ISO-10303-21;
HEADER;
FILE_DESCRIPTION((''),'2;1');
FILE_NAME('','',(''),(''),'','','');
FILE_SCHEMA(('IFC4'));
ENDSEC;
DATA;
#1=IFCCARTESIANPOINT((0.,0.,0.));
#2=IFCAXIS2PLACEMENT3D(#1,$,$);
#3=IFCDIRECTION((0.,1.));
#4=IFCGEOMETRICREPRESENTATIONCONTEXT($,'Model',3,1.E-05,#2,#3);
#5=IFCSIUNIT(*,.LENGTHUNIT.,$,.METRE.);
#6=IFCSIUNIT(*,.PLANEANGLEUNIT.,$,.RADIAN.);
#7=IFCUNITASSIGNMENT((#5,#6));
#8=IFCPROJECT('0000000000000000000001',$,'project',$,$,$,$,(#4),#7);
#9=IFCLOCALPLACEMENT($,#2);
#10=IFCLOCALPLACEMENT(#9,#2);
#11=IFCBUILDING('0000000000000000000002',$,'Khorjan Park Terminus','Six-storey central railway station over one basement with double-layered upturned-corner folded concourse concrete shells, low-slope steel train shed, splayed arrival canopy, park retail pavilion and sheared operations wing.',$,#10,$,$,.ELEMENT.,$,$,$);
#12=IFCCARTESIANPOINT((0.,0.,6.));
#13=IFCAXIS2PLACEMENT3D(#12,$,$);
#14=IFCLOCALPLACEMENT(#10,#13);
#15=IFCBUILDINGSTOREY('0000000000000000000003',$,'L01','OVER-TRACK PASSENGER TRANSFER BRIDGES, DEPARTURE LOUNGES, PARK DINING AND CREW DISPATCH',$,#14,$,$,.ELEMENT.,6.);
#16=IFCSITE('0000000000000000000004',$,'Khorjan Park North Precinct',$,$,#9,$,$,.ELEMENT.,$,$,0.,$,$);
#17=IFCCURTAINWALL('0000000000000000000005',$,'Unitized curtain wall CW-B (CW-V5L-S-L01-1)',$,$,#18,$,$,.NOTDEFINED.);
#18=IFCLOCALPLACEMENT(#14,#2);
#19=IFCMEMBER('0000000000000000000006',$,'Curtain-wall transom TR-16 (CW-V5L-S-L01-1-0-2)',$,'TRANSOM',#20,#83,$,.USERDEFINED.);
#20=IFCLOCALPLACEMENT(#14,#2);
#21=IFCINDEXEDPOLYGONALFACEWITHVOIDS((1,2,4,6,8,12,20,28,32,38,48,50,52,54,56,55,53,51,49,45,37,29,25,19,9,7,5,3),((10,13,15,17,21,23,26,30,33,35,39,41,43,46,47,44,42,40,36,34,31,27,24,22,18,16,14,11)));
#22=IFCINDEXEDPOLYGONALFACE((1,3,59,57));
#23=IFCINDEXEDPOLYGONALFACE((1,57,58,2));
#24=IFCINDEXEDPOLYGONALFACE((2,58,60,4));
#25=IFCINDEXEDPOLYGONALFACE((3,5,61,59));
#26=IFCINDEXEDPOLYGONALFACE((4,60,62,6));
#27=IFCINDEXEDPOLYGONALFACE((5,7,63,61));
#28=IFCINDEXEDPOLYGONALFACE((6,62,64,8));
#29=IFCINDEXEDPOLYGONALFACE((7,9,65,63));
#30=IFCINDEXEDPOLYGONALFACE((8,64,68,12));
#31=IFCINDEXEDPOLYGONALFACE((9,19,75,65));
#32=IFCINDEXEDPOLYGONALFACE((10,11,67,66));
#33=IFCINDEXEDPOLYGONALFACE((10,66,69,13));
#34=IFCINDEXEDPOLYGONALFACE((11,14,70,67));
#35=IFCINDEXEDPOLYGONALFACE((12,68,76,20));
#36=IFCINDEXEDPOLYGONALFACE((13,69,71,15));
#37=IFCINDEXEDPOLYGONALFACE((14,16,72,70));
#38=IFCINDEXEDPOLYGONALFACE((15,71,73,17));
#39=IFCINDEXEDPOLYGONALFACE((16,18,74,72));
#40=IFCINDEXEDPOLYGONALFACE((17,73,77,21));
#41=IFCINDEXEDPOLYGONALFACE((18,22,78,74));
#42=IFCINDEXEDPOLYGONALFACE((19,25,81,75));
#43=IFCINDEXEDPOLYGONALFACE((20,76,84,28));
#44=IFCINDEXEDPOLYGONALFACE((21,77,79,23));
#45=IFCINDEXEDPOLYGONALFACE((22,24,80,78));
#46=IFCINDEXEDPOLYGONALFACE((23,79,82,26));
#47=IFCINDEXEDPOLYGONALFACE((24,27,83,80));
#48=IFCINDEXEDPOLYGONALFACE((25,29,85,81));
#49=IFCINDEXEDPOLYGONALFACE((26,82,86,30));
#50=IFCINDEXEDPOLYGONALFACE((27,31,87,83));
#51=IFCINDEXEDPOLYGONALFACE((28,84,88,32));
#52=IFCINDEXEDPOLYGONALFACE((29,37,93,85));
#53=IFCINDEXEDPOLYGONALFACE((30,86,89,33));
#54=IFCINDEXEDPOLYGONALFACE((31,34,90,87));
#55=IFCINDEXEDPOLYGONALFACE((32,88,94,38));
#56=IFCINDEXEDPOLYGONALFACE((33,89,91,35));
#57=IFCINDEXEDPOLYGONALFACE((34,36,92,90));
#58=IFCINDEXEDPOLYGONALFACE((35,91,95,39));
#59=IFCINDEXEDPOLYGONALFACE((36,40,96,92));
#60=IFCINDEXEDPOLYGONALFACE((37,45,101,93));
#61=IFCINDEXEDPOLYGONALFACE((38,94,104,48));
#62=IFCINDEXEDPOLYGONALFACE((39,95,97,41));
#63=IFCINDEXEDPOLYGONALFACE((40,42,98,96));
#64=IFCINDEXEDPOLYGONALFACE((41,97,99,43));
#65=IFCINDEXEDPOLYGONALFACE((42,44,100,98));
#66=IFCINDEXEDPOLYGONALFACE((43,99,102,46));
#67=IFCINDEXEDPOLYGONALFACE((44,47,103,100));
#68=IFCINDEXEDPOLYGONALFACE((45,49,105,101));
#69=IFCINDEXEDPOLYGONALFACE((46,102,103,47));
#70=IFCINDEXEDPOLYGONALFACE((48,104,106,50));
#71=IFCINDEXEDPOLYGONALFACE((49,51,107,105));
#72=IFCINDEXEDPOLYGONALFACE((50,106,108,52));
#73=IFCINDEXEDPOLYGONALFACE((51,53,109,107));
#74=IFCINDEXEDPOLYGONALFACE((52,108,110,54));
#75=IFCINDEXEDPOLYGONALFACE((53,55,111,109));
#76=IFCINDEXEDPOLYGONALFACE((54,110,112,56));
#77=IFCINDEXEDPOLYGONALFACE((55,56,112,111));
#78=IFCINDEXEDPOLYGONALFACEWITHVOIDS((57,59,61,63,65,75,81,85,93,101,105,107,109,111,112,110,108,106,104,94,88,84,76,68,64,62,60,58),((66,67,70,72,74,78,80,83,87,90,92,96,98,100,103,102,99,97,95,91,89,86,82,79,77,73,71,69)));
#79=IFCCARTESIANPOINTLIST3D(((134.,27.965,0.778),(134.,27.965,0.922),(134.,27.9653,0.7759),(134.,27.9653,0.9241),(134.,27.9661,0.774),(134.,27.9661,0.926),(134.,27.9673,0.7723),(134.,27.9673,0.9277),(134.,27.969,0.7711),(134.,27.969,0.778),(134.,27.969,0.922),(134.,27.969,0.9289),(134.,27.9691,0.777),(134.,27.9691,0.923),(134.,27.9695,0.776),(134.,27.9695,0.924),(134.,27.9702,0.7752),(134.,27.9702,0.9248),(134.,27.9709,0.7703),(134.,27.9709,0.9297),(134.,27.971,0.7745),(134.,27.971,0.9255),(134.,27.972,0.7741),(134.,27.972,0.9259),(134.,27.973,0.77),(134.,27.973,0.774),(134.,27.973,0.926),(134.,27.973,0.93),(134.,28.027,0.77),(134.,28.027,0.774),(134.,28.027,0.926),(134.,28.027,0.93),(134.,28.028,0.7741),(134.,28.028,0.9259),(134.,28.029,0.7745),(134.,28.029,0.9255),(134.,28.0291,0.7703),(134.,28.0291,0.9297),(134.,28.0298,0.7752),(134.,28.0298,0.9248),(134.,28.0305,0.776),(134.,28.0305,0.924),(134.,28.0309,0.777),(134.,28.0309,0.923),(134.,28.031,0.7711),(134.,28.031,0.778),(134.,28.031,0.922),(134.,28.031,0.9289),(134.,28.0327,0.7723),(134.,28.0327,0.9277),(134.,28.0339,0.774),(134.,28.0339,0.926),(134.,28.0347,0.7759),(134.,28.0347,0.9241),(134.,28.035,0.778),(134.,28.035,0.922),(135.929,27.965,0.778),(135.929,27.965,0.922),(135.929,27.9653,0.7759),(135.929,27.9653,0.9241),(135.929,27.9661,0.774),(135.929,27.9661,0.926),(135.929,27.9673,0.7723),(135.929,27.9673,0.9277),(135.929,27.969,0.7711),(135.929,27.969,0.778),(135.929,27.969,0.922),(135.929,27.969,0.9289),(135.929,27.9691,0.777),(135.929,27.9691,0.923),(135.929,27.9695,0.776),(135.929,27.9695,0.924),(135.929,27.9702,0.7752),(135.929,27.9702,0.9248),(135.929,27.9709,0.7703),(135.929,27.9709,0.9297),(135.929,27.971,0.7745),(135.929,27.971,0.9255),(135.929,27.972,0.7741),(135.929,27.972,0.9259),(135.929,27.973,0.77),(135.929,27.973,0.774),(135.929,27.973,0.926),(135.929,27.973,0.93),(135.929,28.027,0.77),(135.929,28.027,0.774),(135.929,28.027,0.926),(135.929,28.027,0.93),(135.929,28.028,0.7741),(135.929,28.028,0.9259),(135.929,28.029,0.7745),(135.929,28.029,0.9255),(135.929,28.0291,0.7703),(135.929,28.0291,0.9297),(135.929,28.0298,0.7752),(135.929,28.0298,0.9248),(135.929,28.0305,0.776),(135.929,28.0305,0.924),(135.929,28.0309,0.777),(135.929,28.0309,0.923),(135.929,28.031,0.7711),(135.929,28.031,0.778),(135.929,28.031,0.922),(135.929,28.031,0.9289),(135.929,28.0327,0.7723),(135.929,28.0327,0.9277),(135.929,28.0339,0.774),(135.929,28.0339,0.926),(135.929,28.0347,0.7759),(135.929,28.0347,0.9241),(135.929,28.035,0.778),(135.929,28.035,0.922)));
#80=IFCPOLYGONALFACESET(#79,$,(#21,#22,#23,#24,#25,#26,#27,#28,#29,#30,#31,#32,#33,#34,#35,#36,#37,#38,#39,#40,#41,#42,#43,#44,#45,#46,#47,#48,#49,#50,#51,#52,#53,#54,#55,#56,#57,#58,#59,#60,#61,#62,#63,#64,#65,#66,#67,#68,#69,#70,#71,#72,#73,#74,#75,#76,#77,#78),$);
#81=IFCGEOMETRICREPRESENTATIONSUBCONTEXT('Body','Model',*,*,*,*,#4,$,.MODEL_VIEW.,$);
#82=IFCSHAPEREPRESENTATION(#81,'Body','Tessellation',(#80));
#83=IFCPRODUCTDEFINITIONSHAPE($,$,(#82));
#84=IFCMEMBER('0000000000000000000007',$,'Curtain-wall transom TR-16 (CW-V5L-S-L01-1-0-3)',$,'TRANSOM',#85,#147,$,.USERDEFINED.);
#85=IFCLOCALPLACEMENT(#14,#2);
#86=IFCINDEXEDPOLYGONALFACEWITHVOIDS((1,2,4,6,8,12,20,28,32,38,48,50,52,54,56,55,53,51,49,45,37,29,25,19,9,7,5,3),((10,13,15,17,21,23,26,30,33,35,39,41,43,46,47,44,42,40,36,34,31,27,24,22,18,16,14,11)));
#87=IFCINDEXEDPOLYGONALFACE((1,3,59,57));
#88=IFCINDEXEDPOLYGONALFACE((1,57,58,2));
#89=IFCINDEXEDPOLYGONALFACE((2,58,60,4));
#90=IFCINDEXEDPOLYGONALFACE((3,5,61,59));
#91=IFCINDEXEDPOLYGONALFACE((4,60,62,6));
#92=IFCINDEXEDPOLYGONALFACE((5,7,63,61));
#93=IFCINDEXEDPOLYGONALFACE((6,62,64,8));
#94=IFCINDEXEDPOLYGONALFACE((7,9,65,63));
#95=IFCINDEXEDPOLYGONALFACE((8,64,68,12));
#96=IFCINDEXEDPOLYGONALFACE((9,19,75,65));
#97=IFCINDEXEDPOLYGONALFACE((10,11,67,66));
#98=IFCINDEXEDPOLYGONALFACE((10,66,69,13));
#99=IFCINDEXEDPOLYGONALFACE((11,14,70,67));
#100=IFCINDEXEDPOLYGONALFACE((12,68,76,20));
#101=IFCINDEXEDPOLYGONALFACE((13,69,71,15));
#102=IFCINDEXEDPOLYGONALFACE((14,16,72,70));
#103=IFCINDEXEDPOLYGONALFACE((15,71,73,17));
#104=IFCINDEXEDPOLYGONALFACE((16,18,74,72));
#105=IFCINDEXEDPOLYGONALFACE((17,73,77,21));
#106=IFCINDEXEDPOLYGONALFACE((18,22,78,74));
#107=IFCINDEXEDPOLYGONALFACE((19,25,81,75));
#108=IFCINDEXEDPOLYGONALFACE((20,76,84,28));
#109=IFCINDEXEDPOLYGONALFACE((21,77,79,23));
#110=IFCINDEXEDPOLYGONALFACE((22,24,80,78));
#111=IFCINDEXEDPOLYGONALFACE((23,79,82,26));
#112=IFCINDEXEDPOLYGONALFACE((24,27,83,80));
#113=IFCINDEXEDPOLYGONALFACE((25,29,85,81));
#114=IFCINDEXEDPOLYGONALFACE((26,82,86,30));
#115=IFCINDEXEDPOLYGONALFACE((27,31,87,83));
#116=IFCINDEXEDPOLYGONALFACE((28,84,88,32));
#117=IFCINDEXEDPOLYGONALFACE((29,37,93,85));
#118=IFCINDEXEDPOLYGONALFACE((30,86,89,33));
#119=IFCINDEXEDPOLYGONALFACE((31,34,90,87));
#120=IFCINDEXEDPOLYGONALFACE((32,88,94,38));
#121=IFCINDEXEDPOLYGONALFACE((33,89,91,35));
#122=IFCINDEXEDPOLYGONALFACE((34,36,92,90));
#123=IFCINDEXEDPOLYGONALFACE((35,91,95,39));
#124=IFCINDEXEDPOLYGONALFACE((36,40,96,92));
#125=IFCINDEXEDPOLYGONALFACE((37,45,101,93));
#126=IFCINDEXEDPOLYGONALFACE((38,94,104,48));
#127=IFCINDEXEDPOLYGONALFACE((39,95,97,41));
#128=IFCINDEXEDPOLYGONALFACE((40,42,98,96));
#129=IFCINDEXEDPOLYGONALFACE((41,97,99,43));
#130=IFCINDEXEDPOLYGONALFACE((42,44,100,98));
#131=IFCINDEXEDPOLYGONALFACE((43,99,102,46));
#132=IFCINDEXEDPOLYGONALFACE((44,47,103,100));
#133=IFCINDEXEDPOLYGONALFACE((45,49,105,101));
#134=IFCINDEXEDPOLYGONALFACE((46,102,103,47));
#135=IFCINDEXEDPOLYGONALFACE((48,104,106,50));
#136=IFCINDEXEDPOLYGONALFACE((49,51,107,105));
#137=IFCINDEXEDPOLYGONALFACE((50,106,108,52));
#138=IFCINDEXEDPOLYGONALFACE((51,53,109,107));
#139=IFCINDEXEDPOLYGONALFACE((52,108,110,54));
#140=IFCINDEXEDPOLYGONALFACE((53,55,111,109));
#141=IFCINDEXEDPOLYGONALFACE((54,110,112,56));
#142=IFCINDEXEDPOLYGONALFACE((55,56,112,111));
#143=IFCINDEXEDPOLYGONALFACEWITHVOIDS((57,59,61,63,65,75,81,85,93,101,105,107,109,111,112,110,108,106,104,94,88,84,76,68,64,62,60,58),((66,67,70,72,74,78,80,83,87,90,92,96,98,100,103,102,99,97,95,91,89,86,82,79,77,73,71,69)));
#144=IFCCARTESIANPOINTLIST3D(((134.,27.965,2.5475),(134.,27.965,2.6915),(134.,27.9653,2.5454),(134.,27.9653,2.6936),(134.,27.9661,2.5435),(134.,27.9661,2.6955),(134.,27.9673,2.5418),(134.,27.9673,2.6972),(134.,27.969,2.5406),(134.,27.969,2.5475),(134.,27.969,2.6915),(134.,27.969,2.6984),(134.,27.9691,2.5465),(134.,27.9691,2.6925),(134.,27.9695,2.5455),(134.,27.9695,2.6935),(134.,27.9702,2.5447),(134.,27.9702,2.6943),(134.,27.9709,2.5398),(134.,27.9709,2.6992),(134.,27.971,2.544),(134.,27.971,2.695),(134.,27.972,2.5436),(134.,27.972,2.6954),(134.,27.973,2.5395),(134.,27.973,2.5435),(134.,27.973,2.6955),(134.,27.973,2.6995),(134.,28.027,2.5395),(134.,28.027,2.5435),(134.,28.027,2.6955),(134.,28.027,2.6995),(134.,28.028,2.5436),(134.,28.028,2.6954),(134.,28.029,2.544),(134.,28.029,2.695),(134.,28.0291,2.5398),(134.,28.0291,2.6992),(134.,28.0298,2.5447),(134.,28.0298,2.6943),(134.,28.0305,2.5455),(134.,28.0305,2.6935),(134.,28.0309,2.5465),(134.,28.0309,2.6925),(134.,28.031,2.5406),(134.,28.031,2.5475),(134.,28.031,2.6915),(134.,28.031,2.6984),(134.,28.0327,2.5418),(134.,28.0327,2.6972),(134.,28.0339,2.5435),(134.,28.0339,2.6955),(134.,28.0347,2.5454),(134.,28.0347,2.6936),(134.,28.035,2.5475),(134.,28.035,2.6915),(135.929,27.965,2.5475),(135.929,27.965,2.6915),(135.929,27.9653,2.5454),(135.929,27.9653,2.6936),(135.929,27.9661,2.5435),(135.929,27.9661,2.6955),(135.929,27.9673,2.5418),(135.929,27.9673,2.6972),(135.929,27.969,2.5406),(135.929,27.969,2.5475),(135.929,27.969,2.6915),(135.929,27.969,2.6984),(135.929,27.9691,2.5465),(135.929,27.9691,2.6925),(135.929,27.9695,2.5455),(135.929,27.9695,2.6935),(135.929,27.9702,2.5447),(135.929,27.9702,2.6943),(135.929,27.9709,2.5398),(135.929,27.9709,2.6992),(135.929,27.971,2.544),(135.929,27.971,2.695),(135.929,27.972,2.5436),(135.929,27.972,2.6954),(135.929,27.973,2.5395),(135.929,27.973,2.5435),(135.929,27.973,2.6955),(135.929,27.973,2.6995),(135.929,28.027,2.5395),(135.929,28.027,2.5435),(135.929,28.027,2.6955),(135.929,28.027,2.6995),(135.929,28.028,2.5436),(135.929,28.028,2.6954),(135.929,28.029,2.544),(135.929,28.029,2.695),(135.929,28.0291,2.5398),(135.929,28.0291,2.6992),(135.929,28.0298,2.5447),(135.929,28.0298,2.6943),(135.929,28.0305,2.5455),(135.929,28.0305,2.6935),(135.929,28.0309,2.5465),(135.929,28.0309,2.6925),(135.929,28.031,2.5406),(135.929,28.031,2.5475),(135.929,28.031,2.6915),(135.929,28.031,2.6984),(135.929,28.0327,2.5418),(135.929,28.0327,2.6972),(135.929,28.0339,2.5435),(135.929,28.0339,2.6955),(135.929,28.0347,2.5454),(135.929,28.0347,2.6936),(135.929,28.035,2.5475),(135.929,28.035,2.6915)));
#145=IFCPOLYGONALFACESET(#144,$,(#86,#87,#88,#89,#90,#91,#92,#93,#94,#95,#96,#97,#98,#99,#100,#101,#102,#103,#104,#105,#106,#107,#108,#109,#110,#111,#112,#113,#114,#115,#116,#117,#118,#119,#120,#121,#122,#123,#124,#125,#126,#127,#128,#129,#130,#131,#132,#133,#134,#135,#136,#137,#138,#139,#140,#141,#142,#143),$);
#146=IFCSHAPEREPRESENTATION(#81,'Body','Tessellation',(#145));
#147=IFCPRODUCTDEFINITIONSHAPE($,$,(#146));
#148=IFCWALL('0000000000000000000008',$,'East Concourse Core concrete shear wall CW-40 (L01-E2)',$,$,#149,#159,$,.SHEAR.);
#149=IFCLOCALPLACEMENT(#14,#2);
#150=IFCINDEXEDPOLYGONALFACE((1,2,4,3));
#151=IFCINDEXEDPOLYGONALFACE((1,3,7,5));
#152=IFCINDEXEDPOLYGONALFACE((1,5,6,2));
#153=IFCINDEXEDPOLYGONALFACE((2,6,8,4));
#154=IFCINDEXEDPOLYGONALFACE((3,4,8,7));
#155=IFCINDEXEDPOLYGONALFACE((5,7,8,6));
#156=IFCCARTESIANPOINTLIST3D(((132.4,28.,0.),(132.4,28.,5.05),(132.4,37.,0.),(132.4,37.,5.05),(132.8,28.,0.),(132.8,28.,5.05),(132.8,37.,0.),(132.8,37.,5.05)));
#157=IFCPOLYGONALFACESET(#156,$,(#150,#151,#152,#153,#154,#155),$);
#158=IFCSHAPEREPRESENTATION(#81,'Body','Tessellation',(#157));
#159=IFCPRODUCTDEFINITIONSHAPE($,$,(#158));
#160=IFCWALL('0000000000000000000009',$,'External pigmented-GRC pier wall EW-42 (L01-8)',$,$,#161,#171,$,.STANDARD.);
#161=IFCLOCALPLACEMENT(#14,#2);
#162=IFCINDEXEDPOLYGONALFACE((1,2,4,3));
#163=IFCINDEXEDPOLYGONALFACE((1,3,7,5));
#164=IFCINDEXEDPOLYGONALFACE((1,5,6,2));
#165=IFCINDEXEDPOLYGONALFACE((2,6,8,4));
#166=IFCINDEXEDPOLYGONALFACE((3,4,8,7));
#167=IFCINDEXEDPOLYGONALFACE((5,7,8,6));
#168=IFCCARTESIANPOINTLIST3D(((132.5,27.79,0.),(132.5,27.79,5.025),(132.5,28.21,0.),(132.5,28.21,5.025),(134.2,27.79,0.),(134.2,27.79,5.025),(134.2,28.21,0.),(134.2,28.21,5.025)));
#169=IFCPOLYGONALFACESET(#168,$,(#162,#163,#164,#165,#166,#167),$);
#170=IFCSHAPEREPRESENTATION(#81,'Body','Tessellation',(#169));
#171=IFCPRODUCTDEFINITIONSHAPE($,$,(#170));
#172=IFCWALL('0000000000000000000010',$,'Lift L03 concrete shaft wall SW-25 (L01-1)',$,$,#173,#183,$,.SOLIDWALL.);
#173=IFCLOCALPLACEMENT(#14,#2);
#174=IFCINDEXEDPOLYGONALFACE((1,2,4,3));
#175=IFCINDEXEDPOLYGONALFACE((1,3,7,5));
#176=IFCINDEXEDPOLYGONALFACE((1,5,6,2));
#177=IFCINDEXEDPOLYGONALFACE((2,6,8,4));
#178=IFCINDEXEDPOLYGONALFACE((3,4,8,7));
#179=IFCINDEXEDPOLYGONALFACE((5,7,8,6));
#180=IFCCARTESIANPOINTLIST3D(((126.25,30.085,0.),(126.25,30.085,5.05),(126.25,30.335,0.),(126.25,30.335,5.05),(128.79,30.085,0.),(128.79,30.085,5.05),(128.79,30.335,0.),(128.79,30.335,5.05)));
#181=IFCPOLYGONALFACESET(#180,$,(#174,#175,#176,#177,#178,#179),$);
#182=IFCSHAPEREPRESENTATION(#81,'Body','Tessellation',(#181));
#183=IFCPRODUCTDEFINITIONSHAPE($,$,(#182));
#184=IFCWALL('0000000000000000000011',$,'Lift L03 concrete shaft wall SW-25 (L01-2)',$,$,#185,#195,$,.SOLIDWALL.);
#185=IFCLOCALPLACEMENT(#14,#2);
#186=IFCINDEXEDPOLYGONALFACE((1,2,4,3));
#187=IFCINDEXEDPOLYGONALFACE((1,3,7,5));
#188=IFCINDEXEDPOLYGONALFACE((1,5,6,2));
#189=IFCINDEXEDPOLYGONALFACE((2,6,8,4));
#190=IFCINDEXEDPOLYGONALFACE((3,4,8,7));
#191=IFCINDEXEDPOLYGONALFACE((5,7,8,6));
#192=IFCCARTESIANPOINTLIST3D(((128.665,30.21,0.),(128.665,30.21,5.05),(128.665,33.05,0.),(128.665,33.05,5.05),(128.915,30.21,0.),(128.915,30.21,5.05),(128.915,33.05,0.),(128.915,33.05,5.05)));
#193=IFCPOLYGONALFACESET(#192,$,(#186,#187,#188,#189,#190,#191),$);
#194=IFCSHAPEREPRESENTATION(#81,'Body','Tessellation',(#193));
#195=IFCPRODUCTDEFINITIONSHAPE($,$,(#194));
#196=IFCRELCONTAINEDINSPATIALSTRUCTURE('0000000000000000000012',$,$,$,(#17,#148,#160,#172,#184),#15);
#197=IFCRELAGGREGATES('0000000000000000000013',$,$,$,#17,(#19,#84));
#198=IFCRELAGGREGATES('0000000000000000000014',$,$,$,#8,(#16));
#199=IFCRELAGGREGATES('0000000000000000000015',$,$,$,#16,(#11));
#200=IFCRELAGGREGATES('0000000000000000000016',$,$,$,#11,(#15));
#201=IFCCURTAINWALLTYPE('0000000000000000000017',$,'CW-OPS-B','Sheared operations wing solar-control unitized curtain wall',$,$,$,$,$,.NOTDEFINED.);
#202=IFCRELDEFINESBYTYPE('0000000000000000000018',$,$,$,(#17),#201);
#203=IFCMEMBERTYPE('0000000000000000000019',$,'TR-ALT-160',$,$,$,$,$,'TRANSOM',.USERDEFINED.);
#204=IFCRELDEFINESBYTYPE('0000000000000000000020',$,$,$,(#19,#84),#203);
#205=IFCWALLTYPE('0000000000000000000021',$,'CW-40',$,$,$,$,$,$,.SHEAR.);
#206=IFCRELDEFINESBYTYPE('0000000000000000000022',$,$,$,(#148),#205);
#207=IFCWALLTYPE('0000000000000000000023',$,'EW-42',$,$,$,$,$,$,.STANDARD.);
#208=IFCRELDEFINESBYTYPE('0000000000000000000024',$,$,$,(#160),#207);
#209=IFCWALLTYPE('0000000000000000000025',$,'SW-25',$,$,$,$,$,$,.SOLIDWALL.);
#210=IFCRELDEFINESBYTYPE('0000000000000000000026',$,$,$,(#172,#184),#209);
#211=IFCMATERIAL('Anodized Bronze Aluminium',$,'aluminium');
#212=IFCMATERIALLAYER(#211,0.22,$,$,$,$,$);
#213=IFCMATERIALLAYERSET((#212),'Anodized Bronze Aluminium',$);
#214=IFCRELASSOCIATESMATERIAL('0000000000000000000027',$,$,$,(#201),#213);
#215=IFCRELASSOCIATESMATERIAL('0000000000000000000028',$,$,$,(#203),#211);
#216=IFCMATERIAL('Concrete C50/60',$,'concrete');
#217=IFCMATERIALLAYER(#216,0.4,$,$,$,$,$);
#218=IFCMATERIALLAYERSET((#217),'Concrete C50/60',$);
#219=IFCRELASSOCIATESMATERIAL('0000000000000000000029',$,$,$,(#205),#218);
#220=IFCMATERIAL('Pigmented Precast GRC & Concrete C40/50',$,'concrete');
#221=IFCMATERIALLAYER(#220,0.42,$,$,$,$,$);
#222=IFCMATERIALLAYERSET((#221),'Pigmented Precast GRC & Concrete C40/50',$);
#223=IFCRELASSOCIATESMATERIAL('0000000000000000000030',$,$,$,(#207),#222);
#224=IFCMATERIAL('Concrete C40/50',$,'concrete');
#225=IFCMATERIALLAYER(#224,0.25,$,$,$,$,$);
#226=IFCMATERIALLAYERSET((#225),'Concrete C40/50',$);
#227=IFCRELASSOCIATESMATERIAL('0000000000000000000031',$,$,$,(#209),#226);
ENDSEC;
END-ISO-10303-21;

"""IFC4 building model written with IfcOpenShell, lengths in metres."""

from ifc_helpers import new_model, si_unit, direction, frame, frame_2d, origin, origin_2d, place, context, subcontext, project, spatial, rectangle, hollow_rectangle, extrude, material, layer, layer_set, material_profile, profile_set, type_object, element, aggregate, save


model = new_model("IFC4")

# Units and contexts
model_context = context("Model", 3, precision=1e-05, world=origin(), true_north=direction((0.0, 1.0)))
body_context = subcontext(model_context, "Body", "Model", "MODEL_VIEW")
ifc_project = project(units=[si_unit("LENGTHUNIT", "METRE"), si_unit("PLANEANGLEUNIT", "RADIAN")], contexts=[model_context])

# Site, building, storey
site_placement = place(None, origin())
site = spatial("IfcSite", under=ifc_project, at=site_placement, Name="Khorjan Park North Precinct", CompositionType="ELEMENT", RefElevation=0.0)
building_placement = place(site_placement, origin())
building = spatial("IfcBuilding", under=site, at=building_placement, Name="Khorjan Park Terminus", Description="Six-storey central railway station over one basement with double-layered upturned-corner folded concourse concrete shells, low-slope steel train shed, splayed arrival canopy, park retail pavilion and sheared operations wing.", CompositionType="ELEMENT")
storey_placement = place(building_placement, frame((0.0, 0.0, 6.0)))
storey = spatial("IfcBuildingStorey", under=building, at=storey_placement, Name="L01", Description="OVER-TRACK PASSENGER TRANSFER BRIDGES, DEPARTURE LOUNGES, PARK DINING AND CREW DISPATCH", CompositionType="ELEMENT", Elevation=6.0)

# Curtain wall, members
ifc_material_1 = material(Name="Anodized Bronze Aluminium", Category="aluminium")
ifc_layer_1 = layer(ifc_material_1, 0.22)
ifc_layer_set_1 = layer_set([ifc_layer_1], Name="Anodized Bronze Aluminium")
curtain_wall_type = type_object("IfcCurtainWallType", Name="CW-OPS-B", Description="Sheared operations wing solar-control unitized curtain wall", PredefinedType="NOTDEFINED", material=ifc_layer_set_1)
curtain_wall_placement = place(storey_placement, origin())
curtain_wall = element("IfcCurtainWall", 1, at=curtain_wall_placement, inside=storey, type_object=curtain_wall_type, Name="Unitized curtain wall CW-B (CW-V5L-S-L01-1)", PredefinedType="NOTDEFINED")
ifc_material_profile_1 = material_profile(ifc_material_1, hollow_rectangle(XDim=0.07, YDim=0.16, WallThickness=0.004, InnerFilletRadius=0.004, OuterFilletRadius=0.008, at=origin_2d()), Name="ALT 70x160x4")
ifc_profile_set_1 = profile_set([ifc_material_profile_1], Name="Anodized Bronze Aluminium")
member_type_1 = type_object("IfcMemberType", Name="TR-ALT-160", ElementType="TRANSOM", PredefinedType="USERDEFINED", material=ifc_profile_set_1)
member_1_placement = place(storey_placement, frame((134.0, 28.0, 0.85), z_axis=(1.0, 0.0, 0.0), x_axis=(0.0, 1.0, 0.0)))
member_1 = element("IfcMember", 2, at=member_1_placement, type_object=member_type_1, Name="Curtain-wall transom TR-16 (CW-V5L-S-L01-1-0-2)", ObjectType="TRANSOM", PredefinedType="USERDEFINED", context=body_context, shape_type="SweptSolid", body=[
    extrude(hollow_rectangle(XDim=0.07, YDim=0.16, WallThickness=0.004, InnerFilletRadius=0.004, OuterFilletRadius=0.008, at=origin_2d()), origin(), (0.0, 0.0, 1.0), 1.929),
])
member_2_placement = place(storey_placement, frame((134.0, 28.0, 2.6195), z_axis=(1.0, 0.0, 0.0), x_axis=(0.0, 1.0, 0.0)))
member_2 = element("IfcMember", 3, at=member_2_placement, type_object=member_type_1, Name="Curtain-wall transom TR-16 (CW-V5L-S-L01-1-0-3)", ObjectType="TRANSOM", PredefinedType="USERDEFINED", context=body_context, shape_type="SweptSolid", body=[
    extrude(hollow_rectangle(XDim=0.07, YDim=0.16, WallThickness=0.004, InnerFilletRadius=0.004, OuterFilletRadius=0.008, at=origin_2d()), origin(), (0.0, 0.0, 1.0), 1.929),
])
aggregate(curtain_wall, [member_1, member_2])

# Walls
ifc_material_2 = material(Name="Concrete C50/60", Category="concrete")
ifc_layer_2 = layer(ifc_material_2, 0.4)
ifc_layer_set_2 = layer_set([ifc_layer_2], Name="Concrete C50/60")
wall_type_1 = type_object("IfcWallType", Name="CW-40", PredefinedType="SHEAR", material=ifc_layer_set_2)
wall_1_placement = place(storey_placement, frame((132.6, 28.0, 0.0), z_axis=(0.0, 0.0, 1.0), x_axis=(0.0, 1.0, 0.0)))
element("IfcWall", 4, at=wall_1_placement, inside=storey, type_object=wall_type_1, Name="East Concourse Core concrete shear wall CW-40 (L01-E2)", PredefinedType="SHEAR", context=body_context, shape_type="SweptSolid", body=[
    extrude(rectangle(XDim=9.0, YDim=0.4, at=frame_2d((4.5, 0.0))), origin(), (0.0, 0.0, 1.0), 5.05),
])
ifc_material_3 = material(Name="Pigmented Precast GRC & Concrete C40/50", Category="concrete")
ifc_layer_3 = layer(ifc_material_3, 0.42)
ifc_layer_set_3 = layer_set([ifc_layer_3], Name="Pigmented Precast GRC & Concrete C40/50")
wall_type_2 = type_object("IfcWallType", Name="EW-42", PredefinedType="STANDARD", material=ifc_layer_set_3)
wall_2_placement = place(storey_placement, frame((132.5, 28.0, 0.0), z_axis=(0.0, 0.0, 1.0), x_axis=(1.0, 0.0, 0.0)))
element("IfcWall", 5, at=wall_2_placement, inside=storey, type_object=wall_type_2, Name="External pigmented-GRC pier wall EW-42 (L01-8)", PredefinedType="STANDARD", context=body_context, shape_type="SweptSolid", body=[
    extrude(rectangle(XDim=1.7, YDim=0.42, at=frame_2d((0.85, 0.0))), origin(), (0.0, 0.0, 1.0), 5.025),
])
ifc_material_4 = material(Name="Concrete C40/50", Category="concrete")
ifc_layer_4 = layer(ifc_material_4, 0.25)
ifc_layer_set_4 = layer_set([ifc_layer_4], Name="Concrete C40/50")
wall_type_3 = type_object("IfcWallType", Name="SW-25", PredefinedType="SOLIDWALL", material=ifc_layer_set_4)
wall_3_placement = place(storey_placement, frame((126.25, 30.21, 0.0), z_axis=(0.0, 0.0, 1.0), x_axis=(1.0, 0.0, 0.0)))
element("IfcWall", 6, at=wall_3_placement, inside=storey, type_object=wall_type_3, Name="Lift L03 concrete shaft wall SW-25 (L01-1)", PredefinedType="SOLIDWALL", context=body_context, shape_type="SweptSolid", body=[
    extrude(rectangle(XDim=2.54, YDim=0.25, at=frame_2d((1.27, 0.0))), origin(), (0.0, 0.0, 1.0), 5.05),
])
wall_4_placement = place(storey_placement, frame((128.79, 30.21, 0.0), z_axis=(0.0, 0.0, 1.0), x_axis=(0.0, 1.0, 0.0)))
element("IfcWall", 7, at=wall_4_placement, inside=storey, type_object=wall_type_3, Name="Lift L03 concrete shaft wall SW-25 (L01-2)", PredefinedType="SOLIDWALL", context=body_context, shape_type="SweptSolid", body=[
    extrude(rectangle(XDim=2.84, YDim=0.25, at=frame_2d((1.42, 0.0))), origin(), (0.0, 0.0, 1.0), 5.05),
])

save(model, "model.ifc")
